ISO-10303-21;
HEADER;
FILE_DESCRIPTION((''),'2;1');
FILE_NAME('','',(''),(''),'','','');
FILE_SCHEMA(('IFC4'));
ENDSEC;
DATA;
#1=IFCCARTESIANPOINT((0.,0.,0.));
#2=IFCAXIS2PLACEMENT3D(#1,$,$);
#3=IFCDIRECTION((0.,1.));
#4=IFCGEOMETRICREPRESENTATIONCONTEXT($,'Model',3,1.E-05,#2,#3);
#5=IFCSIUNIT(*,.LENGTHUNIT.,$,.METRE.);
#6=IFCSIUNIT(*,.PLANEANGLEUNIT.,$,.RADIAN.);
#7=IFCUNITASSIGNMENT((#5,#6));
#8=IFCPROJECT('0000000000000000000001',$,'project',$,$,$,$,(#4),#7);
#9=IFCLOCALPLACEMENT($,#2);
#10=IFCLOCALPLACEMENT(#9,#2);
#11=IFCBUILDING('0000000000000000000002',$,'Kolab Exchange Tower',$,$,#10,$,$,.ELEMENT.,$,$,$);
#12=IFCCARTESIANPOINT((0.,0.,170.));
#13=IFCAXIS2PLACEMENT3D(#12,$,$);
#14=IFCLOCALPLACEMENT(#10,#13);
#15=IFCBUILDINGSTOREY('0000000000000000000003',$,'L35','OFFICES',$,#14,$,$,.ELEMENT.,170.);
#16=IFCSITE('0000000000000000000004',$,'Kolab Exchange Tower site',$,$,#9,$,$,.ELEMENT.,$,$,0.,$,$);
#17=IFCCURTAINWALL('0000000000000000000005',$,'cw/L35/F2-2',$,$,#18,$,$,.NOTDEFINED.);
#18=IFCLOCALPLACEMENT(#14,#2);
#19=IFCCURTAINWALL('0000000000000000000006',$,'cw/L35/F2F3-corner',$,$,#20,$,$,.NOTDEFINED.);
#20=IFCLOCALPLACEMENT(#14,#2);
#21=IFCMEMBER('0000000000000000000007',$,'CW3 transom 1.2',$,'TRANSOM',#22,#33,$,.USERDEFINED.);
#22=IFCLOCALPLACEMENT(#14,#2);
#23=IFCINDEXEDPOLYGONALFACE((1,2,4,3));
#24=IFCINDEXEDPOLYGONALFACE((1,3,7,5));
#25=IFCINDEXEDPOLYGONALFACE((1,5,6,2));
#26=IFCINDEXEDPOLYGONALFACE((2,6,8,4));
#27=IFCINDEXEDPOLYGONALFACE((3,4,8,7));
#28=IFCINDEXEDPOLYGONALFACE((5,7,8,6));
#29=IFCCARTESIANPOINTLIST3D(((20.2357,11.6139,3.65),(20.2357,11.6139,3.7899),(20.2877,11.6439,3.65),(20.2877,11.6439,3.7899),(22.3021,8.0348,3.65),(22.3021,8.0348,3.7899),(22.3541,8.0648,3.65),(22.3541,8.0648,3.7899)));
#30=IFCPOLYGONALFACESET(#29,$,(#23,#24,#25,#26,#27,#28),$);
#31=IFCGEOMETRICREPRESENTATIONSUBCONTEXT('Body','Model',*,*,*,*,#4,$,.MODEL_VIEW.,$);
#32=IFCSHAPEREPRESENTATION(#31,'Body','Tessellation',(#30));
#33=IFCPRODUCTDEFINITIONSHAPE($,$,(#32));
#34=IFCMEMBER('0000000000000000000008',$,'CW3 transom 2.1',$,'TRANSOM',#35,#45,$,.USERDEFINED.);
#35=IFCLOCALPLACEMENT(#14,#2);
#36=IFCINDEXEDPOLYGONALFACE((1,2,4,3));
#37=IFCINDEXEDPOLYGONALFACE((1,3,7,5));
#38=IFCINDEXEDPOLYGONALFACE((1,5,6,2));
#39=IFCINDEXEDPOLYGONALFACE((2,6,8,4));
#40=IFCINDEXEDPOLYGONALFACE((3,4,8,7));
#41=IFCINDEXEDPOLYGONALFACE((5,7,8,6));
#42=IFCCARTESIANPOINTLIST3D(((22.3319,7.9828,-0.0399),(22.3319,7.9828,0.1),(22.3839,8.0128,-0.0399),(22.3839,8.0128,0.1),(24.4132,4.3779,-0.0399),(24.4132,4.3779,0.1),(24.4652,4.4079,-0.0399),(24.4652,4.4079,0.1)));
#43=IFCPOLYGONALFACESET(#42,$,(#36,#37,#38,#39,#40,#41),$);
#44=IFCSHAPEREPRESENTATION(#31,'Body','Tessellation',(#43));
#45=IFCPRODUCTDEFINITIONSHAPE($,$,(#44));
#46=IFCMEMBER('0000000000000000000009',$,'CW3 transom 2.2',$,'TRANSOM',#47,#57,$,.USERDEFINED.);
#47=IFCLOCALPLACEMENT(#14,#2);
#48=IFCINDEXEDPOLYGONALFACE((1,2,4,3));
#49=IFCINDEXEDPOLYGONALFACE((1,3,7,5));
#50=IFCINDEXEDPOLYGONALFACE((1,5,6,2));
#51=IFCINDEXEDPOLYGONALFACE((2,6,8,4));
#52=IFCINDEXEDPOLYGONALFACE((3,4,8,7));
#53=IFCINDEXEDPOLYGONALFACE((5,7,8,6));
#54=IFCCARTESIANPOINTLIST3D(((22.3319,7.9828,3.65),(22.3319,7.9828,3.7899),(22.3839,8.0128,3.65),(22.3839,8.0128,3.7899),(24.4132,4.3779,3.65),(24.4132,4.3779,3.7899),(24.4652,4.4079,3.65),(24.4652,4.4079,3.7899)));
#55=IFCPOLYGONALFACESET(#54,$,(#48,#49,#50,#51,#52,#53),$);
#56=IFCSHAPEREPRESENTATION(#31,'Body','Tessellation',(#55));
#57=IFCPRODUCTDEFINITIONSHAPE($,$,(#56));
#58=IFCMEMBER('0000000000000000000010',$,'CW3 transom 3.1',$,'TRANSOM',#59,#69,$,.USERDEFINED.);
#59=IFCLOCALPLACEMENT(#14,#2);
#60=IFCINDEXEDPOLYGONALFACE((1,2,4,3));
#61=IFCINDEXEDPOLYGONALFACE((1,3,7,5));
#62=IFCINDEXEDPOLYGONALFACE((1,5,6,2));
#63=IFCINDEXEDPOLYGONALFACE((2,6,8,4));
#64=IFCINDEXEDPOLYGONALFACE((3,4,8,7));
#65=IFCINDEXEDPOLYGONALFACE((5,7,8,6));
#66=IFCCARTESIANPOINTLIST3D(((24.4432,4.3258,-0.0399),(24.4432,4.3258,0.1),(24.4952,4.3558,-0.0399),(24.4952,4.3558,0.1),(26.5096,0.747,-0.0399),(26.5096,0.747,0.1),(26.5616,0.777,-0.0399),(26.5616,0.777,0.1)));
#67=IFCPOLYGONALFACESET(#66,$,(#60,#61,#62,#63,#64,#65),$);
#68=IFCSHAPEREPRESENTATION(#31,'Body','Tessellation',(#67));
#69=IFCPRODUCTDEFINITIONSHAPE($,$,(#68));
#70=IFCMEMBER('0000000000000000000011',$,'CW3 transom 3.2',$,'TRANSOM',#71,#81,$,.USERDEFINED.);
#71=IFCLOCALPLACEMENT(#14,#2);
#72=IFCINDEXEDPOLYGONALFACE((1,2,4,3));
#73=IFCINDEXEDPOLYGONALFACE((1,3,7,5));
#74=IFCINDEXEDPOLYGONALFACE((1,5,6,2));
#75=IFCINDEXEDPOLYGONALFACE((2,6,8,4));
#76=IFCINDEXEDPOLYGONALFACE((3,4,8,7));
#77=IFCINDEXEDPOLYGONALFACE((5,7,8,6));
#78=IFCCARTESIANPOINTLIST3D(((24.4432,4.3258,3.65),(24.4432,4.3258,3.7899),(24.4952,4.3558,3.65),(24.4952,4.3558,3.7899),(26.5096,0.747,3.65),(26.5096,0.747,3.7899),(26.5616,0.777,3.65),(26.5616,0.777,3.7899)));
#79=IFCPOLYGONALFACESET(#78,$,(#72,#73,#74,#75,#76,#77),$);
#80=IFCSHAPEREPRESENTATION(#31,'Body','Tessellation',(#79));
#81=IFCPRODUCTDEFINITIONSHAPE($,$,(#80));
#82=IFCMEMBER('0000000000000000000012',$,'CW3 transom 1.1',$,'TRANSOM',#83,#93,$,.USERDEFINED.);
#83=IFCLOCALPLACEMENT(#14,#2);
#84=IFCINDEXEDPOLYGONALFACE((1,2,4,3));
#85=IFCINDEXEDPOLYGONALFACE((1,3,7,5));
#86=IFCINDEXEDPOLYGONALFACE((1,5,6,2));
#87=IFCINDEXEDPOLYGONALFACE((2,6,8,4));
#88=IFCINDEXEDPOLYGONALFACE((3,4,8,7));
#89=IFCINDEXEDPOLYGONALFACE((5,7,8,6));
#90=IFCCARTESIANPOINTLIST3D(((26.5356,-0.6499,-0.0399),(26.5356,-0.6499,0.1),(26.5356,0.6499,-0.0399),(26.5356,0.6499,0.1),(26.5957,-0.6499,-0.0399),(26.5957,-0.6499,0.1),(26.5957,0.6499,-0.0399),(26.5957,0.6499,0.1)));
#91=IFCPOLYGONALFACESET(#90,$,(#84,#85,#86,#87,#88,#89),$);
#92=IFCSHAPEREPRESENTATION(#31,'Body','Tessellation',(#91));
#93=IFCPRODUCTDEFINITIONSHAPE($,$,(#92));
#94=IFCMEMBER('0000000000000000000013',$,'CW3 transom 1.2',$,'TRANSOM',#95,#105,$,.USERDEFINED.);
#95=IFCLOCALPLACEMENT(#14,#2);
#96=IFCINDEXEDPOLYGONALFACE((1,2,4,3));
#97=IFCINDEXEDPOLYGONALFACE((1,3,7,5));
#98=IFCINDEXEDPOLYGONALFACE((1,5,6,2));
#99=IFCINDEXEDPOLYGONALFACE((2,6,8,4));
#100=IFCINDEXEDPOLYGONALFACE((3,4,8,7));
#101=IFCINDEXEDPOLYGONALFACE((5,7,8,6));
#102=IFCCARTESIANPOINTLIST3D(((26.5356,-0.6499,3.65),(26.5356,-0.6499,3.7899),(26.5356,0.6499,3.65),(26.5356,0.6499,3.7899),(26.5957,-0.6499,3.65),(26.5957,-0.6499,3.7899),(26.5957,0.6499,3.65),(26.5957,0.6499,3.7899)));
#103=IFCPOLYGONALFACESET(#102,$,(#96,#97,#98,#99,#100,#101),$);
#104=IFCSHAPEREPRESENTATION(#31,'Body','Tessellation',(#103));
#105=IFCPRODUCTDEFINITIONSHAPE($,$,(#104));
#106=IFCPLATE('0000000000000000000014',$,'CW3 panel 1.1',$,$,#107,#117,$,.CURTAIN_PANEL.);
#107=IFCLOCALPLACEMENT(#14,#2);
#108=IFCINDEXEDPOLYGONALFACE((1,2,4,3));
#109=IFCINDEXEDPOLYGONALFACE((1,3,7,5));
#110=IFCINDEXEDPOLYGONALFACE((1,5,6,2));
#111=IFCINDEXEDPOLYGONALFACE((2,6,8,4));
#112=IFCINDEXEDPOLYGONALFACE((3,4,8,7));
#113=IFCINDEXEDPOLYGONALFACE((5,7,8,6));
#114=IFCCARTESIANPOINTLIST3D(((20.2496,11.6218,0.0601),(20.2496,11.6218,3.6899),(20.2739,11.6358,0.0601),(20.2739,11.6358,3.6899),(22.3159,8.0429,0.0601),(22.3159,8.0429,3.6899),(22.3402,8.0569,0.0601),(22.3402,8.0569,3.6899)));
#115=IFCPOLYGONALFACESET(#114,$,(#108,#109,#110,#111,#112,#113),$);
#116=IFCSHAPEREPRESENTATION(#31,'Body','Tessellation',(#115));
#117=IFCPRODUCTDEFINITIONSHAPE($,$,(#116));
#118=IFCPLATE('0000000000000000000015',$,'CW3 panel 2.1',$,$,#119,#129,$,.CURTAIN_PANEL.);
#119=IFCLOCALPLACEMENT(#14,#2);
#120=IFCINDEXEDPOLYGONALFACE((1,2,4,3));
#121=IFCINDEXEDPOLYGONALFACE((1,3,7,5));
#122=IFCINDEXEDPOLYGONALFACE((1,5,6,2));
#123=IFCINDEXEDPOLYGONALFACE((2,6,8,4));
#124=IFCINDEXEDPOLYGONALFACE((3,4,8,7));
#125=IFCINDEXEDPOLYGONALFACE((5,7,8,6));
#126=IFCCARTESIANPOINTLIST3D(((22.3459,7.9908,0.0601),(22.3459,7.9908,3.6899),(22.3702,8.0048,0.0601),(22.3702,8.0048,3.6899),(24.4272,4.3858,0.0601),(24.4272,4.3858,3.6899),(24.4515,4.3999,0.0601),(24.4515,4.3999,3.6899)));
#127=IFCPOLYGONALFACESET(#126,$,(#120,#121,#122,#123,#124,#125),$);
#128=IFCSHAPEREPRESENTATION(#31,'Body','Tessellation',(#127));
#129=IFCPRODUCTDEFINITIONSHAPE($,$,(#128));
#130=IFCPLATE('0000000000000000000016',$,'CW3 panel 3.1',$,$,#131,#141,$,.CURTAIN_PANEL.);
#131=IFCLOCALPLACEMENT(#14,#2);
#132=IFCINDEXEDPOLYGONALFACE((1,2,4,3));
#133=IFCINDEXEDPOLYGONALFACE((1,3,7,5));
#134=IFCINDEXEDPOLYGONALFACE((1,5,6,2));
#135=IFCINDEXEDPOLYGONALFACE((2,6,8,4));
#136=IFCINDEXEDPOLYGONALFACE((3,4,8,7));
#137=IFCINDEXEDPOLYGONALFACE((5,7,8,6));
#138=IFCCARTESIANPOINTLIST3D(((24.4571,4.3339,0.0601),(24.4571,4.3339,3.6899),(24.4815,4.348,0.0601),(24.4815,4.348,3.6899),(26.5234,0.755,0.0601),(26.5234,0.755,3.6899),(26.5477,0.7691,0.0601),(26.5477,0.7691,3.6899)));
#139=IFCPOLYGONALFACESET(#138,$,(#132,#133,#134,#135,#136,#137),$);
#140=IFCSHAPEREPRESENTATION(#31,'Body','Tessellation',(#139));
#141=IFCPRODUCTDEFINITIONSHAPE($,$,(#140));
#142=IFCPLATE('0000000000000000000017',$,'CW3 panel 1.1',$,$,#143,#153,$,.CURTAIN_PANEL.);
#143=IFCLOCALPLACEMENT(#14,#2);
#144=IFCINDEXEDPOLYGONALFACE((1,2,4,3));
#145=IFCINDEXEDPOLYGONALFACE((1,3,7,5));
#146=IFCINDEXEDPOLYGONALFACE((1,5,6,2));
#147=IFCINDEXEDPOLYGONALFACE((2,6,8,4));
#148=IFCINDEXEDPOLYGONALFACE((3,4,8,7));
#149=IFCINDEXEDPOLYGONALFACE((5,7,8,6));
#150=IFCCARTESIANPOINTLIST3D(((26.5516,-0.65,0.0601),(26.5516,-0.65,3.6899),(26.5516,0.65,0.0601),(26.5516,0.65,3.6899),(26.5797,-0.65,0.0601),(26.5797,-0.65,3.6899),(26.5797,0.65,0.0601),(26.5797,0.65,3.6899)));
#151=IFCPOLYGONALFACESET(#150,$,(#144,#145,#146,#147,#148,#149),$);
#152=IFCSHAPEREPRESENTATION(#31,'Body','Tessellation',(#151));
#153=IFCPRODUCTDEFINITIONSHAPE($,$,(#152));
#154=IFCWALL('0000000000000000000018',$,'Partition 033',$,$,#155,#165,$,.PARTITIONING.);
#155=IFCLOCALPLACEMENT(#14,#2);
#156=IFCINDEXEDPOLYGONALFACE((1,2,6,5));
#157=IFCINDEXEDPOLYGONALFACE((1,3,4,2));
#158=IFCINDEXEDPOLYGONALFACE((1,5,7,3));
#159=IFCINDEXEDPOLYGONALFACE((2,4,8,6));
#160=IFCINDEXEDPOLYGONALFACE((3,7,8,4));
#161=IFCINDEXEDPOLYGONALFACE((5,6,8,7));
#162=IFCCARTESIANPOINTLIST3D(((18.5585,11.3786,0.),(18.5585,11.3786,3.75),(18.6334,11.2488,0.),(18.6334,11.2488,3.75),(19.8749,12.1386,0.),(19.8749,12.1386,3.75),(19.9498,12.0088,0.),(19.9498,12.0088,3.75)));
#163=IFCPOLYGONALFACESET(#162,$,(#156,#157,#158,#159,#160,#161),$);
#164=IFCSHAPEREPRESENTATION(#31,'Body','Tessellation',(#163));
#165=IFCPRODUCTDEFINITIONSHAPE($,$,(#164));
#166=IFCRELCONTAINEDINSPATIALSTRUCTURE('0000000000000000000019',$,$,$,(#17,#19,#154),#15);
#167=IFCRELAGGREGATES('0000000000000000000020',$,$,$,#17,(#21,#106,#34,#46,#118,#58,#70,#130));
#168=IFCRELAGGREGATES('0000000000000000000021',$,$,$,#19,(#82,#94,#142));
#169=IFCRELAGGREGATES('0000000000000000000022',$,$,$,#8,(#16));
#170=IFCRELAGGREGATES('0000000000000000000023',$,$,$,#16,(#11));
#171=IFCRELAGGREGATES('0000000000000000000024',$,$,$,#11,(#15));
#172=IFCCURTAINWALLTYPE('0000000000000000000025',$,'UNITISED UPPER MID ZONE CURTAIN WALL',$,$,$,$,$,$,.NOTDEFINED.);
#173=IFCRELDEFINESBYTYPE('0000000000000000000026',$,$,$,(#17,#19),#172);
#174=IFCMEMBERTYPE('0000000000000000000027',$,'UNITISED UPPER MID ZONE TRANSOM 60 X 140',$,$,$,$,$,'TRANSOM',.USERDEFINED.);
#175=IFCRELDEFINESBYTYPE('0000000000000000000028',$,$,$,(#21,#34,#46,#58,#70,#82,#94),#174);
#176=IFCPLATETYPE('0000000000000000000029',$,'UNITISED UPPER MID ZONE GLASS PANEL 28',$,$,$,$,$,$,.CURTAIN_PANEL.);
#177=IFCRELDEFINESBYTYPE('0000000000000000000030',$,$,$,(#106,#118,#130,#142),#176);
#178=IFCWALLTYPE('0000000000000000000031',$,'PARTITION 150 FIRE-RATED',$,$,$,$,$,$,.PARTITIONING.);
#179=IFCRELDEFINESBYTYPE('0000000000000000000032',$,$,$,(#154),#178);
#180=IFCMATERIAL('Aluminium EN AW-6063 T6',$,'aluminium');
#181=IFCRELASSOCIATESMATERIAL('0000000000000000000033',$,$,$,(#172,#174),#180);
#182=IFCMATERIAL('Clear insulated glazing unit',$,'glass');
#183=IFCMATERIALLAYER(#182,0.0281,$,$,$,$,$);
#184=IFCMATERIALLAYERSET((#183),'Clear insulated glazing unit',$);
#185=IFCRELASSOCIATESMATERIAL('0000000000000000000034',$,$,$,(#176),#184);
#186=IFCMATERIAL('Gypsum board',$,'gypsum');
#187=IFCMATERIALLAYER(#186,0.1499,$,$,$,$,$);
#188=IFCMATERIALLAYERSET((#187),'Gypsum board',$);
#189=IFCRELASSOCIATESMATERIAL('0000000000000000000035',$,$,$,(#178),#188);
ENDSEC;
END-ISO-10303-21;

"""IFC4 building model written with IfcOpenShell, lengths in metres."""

from ifc_helpers import new_model, si_unit, direction, frame, frame_2d, origin, origin_2d, place, context, subcontext, project, spatial, rectangle, extrude, material, layer, layer_set, material_profile, profile_set, type_object, element, aggregate, save


model = new_model("IFC4")

# Units and contexts
model_context = context("Model", 3, precision=1e-05, world=origin(), true_north=direction((0.0, 1.0)))
body_context = subcontext(model_context, "Body", "Model", "MODEL_VIEW")
ifc_project = project(units=[si_unit("LENGTHUNIT", "METRE"), si_unit("PLANEANGLEUNIT", "RADIAN")], contexts=[model_context])

# Site, building, storey
site_placement = place(None, origin())
site = spatial("IfcSite", under=ifc_project, at=site_placement, Name="Kolab Exchange Tower site", CompositionType="ELEMENT", RefElevation=0.0)
building_placement = place(site_placement, origin())
building = spatial("IfcBuilding", under=site, at=building_placement, Name="Kolab Exchange Tower", CompositionType="ELEMENT")
storey_placement = place(building_placement, frame((0.0, 0.0, 170.0)))
storey = spatial("IfcBuildingStorey", under=building, at=storey_placement, Name="L35", Description="OFFICES", CompositionType="ELEMENT", Elevation=170.0)

# Curtain wall
ifc_material_1 = material(Name="Aluminium EN AW-6063 T6", Category="aluminium")
curtain_wall_type = type_object("IfcCurtainWallType", Name="UNITISED UPPER MID ZONE CURTAIN WALL", PredefinedType="NOTDEFINED", material=ifc_material_1)
curtain_wall_1_placement = place(storey_placement, origin())
curtain_wall_1 = element("IfcCurtainWall", 1, at=curtain_wall_1_placement, inside=storey, type_object=curtain_wall_type, Name="cw/L35/F2-2", PredefinedType="NOTDEFINED")

# Curtain wall
curtain_wall_2_placement = place(storey_placement, origin())
curtain_wall_2 = element("IfcCurtainWall", 2, at=curtain_wall_2_placement, inside=storey, type_object=curtain_wall_type, Name="cw/L35/F2F3-corner", PredefinedType="NOTDEFINED")

# Members
ifc_material_profile_1 = material_profile(ifc_material_1, rectangle(XDim=0.0601, YDim=0.1399, at=origin_2d()), Name="RECT 60X140")
ifc_profile_set_1 = profile_set([ifc_material_profile_1], Name="Aluminium EN AW-6063 T6")
member_type_1 = type_object("IfcMemberType", Name="UNITISED UPPER MID ZONE TRANSOM 60 X 140", ElementType="TRANSOM", PredefinedType="USERDEFINED", material=ifc_profile_set_1)
member_1_placement = place(storey_placement, frame((20.2617, 11.6289, 3.72), z_axis=(0.500002, -0.866024, 0.0), x_axis=(0.866024, 0.500002, 0.0)))
member_1 = element("IfcMember", 3, at=member_1_placement, type_object=member_type_1, Name="CW3 transom 1.2", ObjectType="TRANSOM", PredefinedType="USERDEFINED", context=body_context, shape_type="SweptSolid", body=[
    extrude(rectangle(XDim=0.0601, YDim=0.1399, at=origin_2d()), origin(), (0.0, 0.0, 1.0), 4.1328),
])
member_2_placement = place(storey_placement, frame((22.3579, 7.9978, 0.03), z_axis=(0.499993, -0.866029, 0.0), x_axis=(0.866029, 0.499993, 0.0)))
member_2 = element("IfcMember", 4, at=member_2_placement, type_object=member_type_1, Name="CW3 transom 2.1", ObjectType="TRANSOM", PredefinedType="USERDEFINED", context=body_context, shape_type="SweptSolid", body=[
    extrude(rectangle(XDim=0.0601, YDim=0.1399, at=origin_2d()), origin(), (0.0, 0.0, 1.0), 4.1626),
])
member_3_placement = place(storey_placement, frame((22.3579, 7.9978, 3.72), z_axis=(0.499993, -0.866029, 0.0), x_axis=(0.866029, 0.499993, 0.0)))
member_3 = element("IfcMember", 5, at=member_3_placement, type_object=member_type_1, Name="CW3 transom 2.2", ObjectType="TRANSOM", PredefinedType="USERDEFINED", context=body_context, shape_type="SweptSolid", body=[
    extrude(rectangle(XDim=0.0601, YDim=0.1399, at=origin_2d()), origin(), (0.0, 0.0, 1.0), 4.1626),
])
member_4_placement = place(storey_placement, frame((24.4692, 4.3408, 0.03), z_axis=(0.500028, -0.866009, 0.0), x_axis=(0.866009, 0.500028, 0.0)))
member_4 = element("IfcMember", 6, at=member_4_placement, type_object=member_type_1, Name="CW3 transom 3.1", ObjectType="TRANSOM", PredefinedType="USERDEFINED", context=body_context, shape_type="SweptSolid", body=[
    extrude(rectangle(XDim=0.0601, YDim=0.1399, at=origin_2d()), origin(), (0.0, 0.0, 1.0), 4.1326),
])
member_5_placement = place(storey_placement, frame((24.4692, 4.3408, 3.72), z_axis=(0.500028, -0.866009, 0.0), x_axis=(0.866009, 0.500028, 0.0)))
member_5 = element("IfcMember", 7, at=member_5_placement, type_object=member_type_1, Name="CW3 transom 3.2", ObjectType="TRANSOM", PredefinedType="USERDEFINED", context=body_context, shape_type="SweptSolid", body=[
    extrude(rectangle(XDim=0.0601, YDim=0.1399, at=origin_2d()), origin(), (0.0, 0.0, 1.0), 4.1326),
])
member_6_placement = place(storey_placement, frame((26.5657, 0.6499, 0.03), z_axis=(0.0, -1.0, 0.0), x_axis=(1.0, 0.0, 0.0)))
member_6 = element("IfcMember", 8, at=member_6_placement, type_object=member_type_1, Name="CW3 transom 1.1", ObjectType="TRANSOM", PredefinedType="USERDEFINED", context=body_context, shape_type="SweptSolid", body=[
    extrude(rectangle(XDim=0.0601, YDim=0.1399, at=origin_2d()), origin(), (0.0, 0.0, 1.0), 1.2998),
])
member_7_placement = place(storey_placement, frame((26.5657, 0.6499, 3.72), z_axis=(0.0, -1.0, 0.0), x_axis=(1.0, 0.0, 0.0)))
member_7 = element("IfcMember", 9, at=member_7_placement, type_object=member_type_1, Name="CW3 transom 1.2", ObjectType="TRANSOM", PredefinedType="USERDEFINED", context=body_context, shape_type="SweptSolid", body=[
    extrude(rectangle(XDim=0.0601, YDim=0.1399, at=origin_2d()), origin(), (0.0, 0.0, 1.0), 1.2998),
])

# Plates
ifc_material_2 = material(Name="Clear insulated glazing unit", Category="glass")
ifc_layer_1 = layer(ifc_material_2, 0.0281)
ifc_layer_set_1 = layer_set([ifc_layer_1], Name="Clear insulated glazing unit")
plate_type = type_object("IfcPlateType", Name="UNITISED UPPER MID ZONE GLASS PANEL 28", PredefinedType="CURTAIN_PANEL", material=ifc_layer_set_1)
plate_1_placement = place(storey_placement, frame((21.2949, 9.8394, 0.0601), z_axis=(0.0, 0.0, 1.0), x_axis=(0.5, -0.866025, 0.0)))
plate_1 = element("IfcPlate", 10, at=plate_1_placement, type_object=plate_type, Name="CW3 panel 1.1", PredefinedType="CURTAIN_PANEL", context=body_context, shape_type="SweptSolid", body=[
    extrude(rectangle(XDim=4.1326, YDim=0.0281, at=origin_2d()), origin(), (0.0, 0.0, 1.0), 3.6299),
])
plate_2_placement = place(storey_placement, frame((23.3987, 6.1953, 0.0601), z_axis=(0.0, 0.0, 1.0), x_axis=(0.5, -0.866025, 0.0)))
plate_2 = element("IfcPlate", 11, at=plate_2_placement, type_object=plate_type, Name="CW3 panel 2.1", PredefinedType="CURTAIN_PANEL", context=body_context, shape_type="SweptSolid", body=[
    extrude(rectangle(XDim=4.1626, YDim=0.0281, at=origin_2d()), origin(), (0.0, 0.0, 1.0), 3.6299),
])
plate_3_placement = place(storey_placement, frame((25.5024, 2.5515, 0.0601), z_axis=(0.0, 0.0, 1.0), x_axis=(0.5, -0.866025, 0.0)))
plate_3 = element("IfcPlate", 12, at=plate_3_placement, type_object=plate_type, Name="CW3 panel 3.1", PredefinedType="CURTAIN_PANEL", context=body_context, shape_type="SweptSolid", body=[
    extrude(rectangle(XDim=4.1326, YDim=0.0281, at=origin_2d()), origin(), (0.0, 0.0, 1.0), 3.6299),
])
aggregate(curtain_wall_1, [member_1, plate_1, member_2, member_3, plate_2, member_4, member_5, plate_3])
plate_4_placement = place(storey_placement, frame((26.5657, 0.0, 0.0601), z_axis=(0.0, 0.0, 1.0), x_axis=(0.0, -1.0, 0.0)))
plate_4 = element("IfcPlate", 13, at=plate_4_placement, type_object=plate_type, Name="CW3 panel 1.1", PredefinedType="CURTAIN_PANEL", context=body_context, shape_type="SweptSolid", body=[
    extrude(rectangle(XDim=1.3, YDim=0.0281, at=origin_2d()), origin(), (0.0, 0.0, 1.0), 3.6299),
])
aggregate(curtain_wall_2, [member_6, member_7, plate_4])

# Wall
ifc_material_3 = material(Name="Gypsum board", Category="gypsum")
ifc_layer_2 = layer(ifc_material_3, 0.1499)
ifc_layer_set_2 = layer_set([ifc_layer_2], Name="Gypsum board")
wall_type = type_object("IfcWallType", Name="PARTITION 150 FIRE-RATED", PredefinedType="PARTITIONING", material=ifc_layer_set_2)
wall_placement = place(storey_placement, frame((18.5959, 11.3137, 0.0), z_axis=(0.0, 0.0, 1.0), x_axis=(0.86603, 0.499991, 0.0)))
element("IfcWall", 14, at=wall_placement, inside=storey, type_object=wall_type, Name="Partition 033", PredefinedType="PARTITIONING", context=body_context, shape_type="SweptSolid", body=[
    extrude(rectangle(XDim=1.52, YDim=0.1499, at=frame_2d((0.76, 0.0))), origin(), (0.0, 0.0, 1.0), 3.75),
])

save(model, "model.ifc")
